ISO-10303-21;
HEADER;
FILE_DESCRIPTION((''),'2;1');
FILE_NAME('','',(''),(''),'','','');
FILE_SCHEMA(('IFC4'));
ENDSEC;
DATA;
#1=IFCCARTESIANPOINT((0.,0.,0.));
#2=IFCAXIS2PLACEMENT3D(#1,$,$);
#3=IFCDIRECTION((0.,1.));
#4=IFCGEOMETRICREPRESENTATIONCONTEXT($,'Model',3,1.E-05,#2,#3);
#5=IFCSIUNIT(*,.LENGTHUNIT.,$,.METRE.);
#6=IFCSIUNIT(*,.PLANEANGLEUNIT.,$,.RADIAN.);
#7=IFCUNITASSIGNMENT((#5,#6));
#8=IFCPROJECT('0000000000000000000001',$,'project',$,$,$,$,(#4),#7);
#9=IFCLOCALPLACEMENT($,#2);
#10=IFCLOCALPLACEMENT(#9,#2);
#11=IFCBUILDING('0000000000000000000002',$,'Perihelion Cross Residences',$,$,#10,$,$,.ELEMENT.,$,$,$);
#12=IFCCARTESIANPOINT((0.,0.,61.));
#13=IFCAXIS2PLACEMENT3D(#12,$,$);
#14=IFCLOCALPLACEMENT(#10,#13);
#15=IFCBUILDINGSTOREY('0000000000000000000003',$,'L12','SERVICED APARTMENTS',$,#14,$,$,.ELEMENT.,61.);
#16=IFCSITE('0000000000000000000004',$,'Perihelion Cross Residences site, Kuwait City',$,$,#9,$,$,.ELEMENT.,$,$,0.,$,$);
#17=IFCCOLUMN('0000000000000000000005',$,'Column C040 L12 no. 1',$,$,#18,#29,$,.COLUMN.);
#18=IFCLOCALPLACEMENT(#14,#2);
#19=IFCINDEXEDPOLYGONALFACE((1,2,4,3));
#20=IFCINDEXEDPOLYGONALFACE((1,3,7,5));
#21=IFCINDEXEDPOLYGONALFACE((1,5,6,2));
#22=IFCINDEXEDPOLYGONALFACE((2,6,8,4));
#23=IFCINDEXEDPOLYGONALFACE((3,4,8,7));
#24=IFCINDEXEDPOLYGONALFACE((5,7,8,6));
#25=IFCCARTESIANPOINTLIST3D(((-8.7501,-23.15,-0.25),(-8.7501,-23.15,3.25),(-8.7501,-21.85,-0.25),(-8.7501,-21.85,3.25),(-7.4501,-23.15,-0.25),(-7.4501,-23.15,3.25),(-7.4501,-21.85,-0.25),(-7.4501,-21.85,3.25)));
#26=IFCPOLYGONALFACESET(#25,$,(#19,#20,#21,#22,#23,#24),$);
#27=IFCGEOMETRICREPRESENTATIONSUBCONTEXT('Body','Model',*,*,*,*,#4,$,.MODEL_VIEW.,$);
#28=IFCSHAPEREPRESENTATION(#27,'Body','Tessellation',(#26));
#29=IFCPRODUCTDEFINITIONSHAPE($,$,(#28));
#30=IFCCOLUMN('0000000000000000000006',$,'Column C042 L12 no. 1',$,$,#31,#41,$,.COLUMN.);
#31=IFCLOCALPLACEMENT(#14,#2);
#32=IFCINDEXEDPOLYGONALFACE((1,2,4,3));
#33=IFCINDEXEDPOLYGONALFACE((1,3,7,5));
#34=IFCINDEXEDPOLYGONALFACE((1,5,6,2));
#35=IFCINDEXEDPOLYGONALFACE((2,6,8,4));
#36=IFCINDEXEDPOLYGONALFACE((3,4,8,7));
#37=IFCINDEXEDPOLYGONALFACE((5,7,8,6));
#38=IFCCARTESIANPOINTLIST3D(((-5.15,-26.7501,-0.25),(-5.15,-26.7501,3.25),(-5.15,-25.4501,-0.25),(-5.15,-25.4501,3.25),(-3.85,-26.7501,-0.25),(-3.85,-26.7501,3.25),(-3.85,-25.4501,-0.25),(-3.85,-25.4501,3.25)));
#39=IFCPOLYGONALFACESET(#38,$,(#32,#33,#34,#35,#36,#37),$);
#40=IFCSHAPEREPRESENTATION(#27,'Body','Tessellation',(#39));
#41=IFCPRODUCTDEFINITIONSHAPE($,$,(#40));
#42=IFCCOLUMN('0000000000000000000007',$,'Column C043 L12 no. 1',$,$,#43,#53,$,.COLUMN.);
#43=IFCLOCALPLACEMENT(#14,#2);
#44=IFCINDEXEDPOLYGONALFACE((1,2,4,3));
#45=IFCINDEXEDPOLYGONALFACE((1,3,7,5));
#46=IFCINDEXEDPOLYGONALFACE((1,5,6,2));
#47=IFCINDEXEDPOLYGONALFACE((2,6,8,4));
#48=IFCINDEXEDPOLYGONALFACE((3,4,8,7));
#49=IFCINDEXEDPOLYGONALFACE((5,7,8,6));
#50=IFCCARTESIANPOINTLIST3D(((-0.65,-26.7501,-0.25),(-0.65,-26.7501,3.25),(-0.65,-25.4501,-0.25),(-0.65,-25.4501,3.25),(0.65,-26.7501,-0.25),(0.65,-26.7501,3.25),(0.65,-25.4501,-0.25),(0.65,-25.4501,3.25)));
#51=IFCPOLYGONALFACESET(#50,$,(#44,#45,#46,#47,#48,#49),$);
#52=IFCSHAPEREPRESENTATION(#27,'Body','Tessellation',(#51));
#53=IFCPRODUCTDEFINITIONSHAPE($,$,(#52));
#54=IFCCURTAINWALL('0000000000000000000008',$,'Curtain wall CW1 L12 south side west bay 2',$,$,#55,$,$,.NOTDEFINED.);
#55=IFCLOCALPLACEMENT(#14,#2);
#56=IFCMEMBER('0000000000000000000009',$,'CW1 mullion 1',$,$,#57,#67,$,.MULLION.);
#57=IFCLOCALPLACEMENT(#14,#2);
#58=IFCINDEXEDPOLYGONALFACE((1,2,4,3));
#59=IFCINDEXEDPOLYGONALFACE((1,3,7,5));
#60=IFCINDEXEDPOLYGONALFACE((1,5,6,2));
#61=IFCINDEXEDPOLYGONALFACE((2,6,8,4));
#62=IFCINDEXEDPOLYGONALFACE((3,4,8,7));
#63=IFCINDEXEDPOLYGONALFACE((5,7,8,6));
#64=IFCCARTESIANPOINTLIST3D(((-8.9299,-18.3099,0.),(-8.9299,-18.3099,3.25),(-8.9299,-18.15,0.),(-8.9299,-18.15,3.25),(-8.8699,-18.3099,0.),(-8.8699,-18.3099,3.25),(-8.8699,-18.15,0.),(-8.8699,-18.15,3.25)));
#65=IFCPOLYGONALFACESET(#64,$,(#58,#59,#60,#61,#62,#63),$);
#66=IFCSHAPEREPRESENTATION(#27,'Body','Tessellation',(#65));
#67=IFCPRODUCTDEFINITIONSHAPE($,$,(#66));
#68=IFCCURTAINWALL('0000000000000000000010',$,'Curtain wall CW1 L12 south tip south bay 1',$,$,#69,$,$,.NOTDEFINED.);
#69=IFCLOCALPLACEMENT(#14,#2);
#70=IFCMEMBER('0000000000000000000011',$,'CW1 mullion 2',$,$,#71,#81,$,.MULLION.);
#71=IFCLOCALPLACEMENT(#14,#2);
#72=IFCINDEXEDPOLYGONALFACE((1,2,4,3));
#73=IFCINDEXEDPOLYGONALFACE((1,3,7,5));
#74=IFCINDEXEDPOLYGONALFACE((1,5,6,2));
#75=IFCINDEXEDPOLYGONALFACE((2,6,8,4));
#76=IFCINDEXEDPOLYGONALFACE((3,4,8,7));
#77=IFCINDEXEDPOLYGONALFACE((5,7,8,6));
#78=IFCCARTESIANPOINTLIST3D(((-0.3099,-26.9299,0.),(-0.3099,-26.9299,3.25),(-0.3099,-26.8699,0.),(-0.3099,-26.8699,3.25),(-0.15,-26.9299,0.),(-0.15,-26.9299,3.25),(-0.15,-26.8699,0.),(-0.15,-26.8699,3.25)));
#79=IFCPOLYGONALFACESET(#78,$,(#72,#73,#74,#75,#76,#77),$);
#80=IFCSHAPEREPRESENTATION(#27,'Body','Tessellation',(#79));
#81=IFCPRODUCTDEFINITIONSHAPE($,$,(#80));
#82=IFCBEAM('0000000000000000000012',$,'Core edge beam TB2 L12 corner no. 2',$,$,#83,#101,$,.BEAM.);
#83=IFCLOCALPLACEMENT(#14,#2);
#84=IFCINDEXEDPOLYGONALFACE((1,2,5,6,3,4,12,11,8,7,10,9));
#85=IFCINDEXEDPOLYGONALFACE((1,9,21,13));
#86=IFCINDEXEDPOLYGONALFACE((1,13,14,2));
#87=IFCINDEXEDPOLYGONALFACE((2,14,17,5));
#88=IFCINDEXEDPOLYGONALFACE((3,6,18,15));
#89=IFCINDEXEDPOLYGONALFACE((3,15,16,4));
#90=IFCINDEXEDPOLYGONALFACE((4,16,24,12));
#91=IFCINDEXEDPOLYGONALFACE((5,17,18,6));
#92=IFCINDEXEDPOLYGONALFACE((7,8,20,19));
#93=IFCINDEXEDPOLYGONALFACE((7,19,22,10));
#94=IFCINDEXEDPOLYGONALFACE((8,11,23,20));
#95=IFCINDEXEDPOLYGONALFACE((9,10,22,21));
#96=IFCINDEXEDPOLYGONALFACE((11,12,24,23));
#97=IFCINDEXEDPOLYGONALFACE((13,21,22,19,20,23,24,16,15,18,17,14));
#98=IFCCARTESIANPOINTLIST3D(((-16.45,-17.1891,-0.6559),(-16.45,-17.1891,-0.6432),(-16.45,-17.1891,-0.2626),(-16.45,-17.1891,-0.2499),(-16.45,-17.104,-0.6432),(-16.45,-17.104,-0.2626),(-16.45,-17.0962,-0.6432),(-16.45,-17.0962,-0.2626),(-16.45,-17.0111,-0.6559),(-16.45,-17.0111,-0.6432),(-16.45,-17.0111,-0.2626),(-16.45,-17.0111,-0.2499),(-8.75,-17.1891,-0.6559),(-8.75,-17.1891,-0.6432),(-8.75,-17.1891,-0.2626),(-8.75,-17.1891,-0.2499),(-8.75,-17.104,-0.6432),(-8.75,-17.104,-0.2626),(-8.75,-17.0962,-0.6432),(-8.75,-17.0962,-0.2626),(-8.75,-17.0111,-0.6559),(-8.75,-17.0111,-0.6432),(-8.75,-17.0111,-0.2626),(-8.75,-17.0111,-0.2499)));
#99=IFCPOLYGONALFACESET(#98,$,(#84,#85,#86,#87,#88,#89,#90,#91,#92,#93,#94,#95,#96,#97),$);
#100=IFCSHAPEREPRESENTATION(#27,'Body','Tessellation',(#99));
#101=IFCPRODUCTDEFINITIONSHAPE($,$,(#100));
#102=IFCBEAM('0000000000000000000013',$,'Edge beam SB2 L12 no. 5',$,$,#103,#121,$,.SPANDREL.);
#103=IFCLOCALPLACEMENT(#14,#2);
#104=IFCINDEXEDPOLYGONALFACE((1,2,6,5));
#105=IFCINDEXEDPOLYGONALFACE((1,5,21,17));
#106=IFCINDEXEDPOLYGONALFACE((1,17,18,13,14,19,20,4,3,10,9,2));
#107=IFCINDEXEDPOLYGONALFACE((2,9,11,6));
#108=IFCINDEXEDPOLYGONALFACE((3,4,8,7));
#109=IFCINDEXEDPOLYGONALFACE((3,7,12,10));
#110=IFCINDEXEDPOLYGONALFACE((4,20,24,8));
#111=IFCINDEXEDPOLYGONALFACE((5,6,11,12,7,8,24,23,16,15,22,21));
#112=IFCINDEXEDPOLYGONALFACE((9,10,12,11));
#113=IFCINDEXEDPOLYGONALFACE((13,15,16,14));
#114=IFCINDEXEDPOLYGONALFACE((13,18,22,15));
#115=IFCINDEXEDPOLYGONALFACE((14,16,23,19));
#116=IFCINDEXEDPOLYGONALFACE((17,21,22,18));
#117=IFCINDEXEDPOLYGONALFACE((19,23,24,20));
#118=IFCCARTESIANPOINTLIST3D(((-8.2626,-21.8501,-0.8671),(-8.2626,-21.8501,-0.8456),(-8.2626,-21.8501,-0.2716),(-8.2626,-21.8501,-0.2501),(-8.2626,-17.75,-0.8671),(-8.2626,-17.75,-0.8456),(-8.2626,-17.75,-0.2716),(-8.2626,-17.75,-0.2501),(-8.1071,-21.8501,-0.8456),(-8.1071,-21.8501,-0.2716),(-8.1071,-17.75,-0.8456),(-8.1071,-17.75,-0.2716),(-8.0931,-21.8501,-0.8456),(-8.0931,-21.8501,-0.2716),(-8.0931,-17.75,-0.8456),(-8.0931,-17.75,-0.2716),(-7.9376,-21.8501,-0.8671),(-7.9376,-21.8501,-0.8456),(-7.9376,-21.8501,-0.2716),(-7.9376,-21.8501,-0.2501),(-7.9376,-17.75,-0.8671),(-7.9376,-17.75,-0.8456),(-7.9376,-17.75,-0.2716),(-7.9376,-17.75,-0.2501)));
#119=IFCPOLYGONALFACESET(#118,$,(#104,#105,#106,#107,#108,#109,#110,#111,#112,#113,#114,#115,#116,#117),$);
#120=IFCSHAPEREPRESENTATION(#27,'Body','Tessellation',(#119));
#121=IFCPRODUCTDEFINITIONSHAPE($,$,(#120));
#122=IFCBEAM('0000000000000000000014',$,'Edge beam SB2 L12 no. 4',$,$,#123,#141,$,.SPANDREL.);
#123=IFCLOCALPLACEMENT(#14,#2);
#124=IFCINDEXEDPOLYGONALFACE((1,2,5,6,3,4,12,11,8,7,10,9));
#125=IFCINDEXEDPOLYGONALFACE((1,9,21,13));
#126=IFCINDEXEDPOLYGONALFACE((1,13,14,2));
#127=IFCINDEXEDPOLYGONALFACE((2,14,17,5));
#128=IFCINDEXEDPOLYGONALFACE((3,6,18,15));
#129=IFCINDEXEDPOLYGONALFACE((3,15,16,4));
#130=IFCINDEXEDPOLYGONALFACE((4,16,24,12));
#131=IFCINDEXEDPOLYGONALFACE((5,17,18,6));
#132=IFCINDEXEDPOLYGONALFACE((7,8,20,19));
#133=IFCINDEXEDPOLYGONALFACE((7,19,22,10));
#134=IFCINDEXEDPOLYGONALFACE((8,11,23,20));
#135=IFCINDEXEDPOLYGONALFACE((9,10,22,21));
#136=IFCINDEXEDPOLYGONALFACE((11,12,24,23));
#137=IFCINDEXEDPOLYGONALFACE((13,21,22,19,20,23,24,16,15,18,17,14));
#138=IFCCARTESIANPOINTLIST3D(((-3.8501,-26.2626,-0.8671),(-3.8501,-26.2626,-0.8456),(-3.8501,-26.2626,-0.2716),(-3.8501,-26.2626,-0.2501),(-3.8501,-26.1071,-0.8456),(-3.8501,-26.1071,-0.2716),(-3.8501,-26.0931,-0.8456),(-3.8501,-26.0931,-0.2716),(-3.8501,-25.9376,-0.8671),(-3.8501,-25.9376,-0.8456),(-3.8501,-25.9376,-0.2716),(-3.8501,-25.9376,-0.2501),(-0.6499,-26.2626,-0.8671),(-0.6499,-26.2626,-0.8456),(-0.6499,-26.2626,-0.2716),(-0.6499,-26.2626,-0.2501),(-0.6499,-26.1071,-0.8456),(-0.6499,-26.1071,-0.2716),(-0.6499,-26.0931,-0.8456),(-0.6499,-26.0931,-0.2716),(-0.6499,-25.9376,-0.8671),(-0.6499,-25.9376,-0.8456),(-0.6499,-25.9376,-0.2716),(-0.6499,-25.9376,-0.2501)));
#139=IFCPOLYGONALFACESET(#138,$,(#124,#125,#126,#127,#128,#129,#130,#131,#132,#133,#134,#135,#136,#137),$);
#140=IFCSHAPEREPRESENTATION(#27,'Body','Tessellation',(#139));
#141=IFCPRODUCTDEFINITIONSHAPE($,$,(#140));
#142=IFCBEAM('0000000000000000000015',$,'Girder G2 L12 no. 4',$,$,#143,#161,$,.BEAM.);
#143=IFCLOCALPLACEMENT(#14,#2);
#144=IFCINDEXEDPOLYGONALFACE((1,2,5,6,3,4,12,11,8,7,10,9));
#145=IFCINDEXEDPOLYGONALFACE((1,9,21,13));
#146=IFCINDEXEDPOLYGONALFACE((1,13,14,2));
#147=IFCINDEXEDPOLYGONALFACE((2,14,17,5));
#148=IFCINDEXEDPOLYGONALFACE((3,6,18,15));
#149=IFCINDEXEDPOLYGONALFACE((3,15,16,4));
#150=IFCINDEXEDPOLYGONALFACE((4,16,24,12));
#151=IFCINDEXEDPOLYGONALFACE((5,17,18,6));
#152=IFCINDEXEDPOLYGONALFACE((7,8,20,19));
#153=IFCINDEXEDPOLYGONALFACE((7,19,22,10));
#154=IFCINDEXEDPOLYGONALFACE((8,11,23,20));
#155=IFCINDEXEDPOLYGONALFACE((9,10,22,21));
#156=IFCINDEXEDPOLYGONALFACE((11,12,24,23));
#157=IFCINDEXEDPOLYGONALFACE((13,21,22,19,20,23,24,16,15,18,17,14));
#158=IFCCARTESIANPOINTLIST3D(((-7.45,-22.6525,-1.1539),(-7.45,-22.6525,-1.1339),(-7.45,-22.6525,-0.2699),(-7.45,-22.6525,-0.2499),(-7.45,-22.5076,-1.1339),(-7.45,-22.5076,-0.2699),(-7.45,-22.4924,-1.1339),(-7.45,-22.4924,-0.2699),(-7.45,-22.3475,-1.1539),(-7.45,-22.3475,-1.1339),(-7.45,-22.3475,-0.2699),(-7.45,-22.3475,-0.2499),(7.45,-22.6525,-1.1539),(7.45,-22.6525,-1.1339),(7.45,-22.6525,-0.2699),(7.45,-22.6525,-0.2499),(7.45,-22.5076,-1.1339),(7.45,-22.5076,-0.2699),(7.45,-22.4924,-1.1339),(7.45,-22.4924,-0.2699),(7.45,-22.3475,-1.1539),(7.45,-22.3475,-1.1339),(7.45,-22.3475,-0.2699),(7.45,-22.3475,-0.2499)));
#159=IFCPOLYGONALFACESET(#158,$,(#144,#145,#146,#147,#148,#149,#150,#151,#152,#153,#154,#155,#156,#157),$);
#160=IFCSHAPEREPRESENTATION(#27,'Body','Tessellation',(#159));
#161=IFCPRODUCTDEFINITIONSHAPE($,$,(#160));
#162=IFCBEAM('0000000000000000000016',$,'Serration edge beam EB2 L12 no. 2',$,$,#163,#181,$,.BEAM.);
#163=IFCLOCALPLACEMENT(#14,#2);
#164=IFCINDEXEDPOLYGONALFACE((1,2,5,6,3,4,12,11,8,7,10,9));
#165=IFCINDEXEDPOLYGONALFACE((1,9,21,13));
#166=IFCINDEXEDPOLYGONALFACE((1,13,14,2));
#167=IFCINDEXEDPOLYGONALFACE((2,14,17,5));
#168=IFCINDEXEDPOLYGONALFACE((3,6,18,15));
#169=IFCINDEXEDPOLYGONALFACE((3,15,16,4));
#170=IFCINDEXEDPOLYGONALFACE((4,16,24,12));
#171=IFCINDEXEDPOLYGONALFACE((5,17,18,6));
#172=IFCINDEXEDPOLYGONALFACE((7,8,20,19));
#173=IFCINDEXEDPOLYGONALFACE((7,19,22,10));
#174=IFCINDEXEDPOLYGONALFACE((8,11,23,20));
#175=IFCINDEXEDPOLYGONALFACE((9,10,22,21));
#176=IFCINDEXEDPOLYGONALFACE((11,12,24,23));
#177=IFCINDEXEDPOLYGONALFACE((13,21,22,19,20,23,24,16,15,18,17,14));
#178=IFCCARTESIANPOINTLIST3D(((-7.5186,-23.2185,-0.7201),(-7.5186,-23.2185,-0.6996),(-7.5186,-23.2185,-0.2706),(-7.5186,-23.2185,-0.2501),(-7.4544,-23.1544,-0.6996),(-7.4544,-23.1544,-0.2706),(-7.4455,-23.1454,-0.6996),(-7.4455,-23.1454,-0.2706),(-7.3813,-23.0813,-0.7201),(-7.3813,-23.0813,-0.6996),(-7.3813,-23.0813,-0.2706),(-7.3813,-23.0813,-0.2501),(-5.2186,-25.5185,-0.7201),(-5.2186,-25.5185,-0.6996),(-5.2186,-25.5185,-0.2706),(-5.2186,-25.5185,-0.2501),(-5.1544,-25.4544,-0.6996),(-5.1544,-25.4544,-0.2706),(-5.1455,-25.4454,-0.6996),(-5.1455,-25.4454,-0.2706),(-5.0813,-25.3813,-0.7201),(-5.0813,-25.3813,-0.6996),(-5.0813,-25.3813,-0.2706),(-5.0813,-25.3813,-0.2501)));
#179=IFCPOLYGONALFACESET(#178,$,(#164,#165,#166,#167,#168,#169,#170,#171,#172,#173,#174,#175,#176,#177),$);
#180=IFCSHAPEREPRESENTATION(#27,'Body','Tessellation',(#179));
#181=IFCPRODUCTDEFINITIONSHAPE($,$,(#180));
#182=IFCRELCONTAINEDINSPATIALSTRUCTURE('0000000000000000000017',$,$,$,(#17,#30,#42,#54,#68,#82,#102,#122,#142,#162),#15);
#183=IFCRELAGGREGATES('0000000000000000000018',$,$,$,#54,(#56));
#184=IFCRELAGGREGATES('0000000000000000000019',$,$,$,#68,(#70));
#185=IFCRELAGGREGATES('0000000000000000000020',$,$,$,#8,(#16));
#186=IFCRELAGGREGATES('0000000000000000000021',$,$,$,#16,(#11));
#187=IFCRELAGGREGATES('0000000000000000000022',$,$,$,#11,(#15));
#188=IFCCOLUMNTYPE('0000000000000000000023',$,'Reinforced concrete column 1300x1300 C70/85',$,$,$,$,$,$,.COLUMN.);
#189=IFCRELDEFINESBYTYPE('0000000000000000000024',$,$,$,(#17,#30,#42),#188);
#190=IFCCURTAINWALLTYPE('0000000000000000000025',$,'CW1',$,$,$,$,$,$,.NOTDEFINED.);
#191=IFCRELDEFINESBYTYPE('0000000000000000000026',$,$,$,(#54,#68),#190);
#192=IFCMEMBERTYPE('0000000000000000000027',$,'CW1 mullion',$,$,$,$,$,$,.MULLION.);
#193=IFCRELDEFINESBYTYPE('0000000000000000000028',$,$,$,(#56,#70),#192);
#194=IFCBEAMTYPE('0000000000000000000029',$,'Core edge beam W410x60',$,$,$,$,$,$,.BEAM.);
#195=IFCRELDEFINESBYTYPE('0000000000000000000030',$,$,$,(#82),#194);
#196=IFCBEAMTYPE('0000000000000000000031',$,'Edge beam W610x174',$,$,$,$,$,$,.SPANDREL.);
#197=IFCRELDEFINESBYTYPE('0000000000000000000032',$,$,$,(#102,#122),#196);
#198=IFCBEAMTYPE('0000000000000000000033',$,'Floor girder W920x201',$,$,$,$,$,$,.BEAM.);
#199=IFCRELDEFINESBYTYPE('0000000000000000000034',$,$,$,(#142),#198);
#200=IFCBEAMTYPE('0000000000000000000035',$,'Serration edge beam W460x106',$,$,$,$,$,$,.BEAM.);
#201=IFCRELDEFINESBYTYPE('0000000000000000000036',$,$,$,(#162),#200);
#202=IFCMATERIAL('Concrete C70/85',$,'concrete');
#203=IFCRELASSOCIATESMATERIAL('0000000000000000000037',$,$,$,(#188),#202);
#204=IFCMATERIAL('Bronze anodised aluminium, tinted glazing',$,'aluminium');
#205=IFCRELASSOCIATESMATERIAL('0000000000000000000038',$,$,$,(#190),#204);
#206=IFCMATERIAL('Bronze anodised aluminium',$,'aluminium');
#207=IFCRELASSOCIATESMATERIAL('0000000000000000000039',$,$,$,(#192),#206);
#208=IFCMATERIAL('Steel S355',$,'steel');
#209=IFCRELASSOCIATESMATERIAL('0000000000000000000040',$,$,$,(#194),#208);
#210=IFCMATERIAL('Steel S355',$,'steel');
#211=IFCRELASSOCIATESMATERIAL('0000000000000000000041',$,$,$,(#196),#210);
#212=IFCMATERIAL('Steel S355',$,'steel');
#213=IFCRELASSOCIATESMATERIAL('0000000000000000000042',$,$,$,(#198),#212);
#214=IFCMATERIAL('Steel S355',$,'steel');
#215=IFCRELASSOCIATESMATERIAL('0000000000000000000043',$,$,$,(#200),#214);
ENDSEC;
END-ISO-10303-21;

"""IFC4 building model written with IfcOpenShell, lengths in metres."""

from ifc_helpers import new_model, si_unit, direction, frame, origin, origin_2d, place, context, subcontext, project, spatial, rectangle, i_section, extrude, material, material_profile, profile_set, type_object, element, aggregate, save


model = new_model("IFC4")

# Units and contexts
model_context = context("Model", 3, precision=1e-05, world=origin(), true_north=direction((0.0, 1.0)))
body_context = subcontext(model_context, "Body", "Model", "MODEL_VIEW")
ifc_project = project(units=[si_unit("LENGTHUNIT", "METRE"), si_unit("PLANEANGLEUNIT", "RADIAN")], contexts=[model_context])

# Site, building, storey
site_placement = place(None, origin())
site = spatial("IfcSite", under=ifc_project, at=site_placement, Name="Perihelion Cross Residences site, Kuwait City", CompositionType="ELEMENT", RefElevation=0.0)
building_placement = place(site_placement, origin())
building = spatial("IfcBuilding", under=site, at=building_placement, Name="Perihelion Cross Residences", CompositionType="ELEMENT")
storey_placement = place(building_placement, frame((0.0, 0.0, 61.0)))
storey = spatial("IfcBuildingStorey", under=building, at=storey_placement, Name="L12", Description="SERVICED APARTMENTS", CompositionType="ELEMENT", Elevation=61.0)

# Columns
ifc_material_1 = material(Name="Concrete C70/85", Category="concrete")
ifc_material_profile_1 = material_profile(ifc_material_1, rectangle(XDim=1.3, YDim=1.3, at=origin_2d()), Name="RC 1300x1300")
ifc_profile_set_1 = profile_set([ifc_material_profile_1], Name="Concrete C70/85")
column_type = type_object("IfcColumnType", Name="Reinforced concrete column 1300x1300 C70/85", PredefinedType="COLUMN", material=ifc_profile_set_1)
for number, where, z_axis, x_axis, name in (
    (1, (-8.1001, -22.5, -0.25), (0.0, 0.0, 1.0), (1.0, 0.0, 0.0), "Column C040 L12 no. 1"),
    (2, (-4.5, -26.1001, -0.25), (0.0, 0.0, 1.0), (1.0, 0.0, 0.0), "Column C042 L12 no. 1"),
    (3, (0.0, -26.1001, -0.25), (0.0, 0.0, 1.0), (1.0, 0.0, 0.0), "Column C043 L12 no. 1"),
):
    element("IfcColumn", number, at=place(storey_placement, frame(where, z_axis=z_axis, x_axis=x_axis)), inside=storey, type_object=column_type, Name=name, PredefinedType="COLUMN", context=body_context, shape_type="SweptSolid", body=[
        extrude(rectangle(XDim=1.3, YDim=1.3, at=origin_2d()), origin(), (0.0, 0.0, 1.0), 3.5),
    ])

# Curtain walls, members
ifc_material_2 = material(Name="Bronze anodised aluminium, tinted glazing", Category="aluminium")
curtain_wall_type = type_object("IfcCurtainWallType", Name="CW1", PredefinedType="NOTDEFINED", material=ifc_material_2)
curtain_wall_1_placement = place(storey_placement, origin())
curtain_wall_1 = element("IfcCurtainWall", 4, at=curtain_wall_1_placement, inside=storey, type_object=curtain_wall_type, Name="Curtain wall CW1 L12 south side west bay 2", PredefinedType="NOTDEFINED")
ifc_material_3 = material(Name="Bronze anodised aluminium", Category="aluminium")
ifc_material_profile_2 = material_profile(ifc_material_3, rectangle(XDim=0.0601, YDim=0.1599, at=origin_2d()), Name="CW1 mullion")
ifc_profile_set_2 = profile_set([ifc_material_profile_2], Name="Bronze anodised aluminium")
member_type = type_object("IfcMemberType", Name="CW1 mullion", PredefinedType="MULLION", material=ifc_profile_set_2)
member_1_placement = place(storey_placement, frame((-8.8999, -18.23, 0.0), z_axis=(0.0, 0.0, 1.0), x_axis=(1.0, 0.0, 0.0)))
member_1 = element("IfcMember", 5, at=member_1_placement, type_object=member_type, Name="CW1 mullion 1", PredefinedType="MULLION", context=body_context, shape_type="SweptSolid", body=[
    extrude(rectangle(XDim=0.0601, YDim=0.1599, at=origin_2d()), origin(), (0.0, 0.0, 1.0), 3.25),
])
curtain_wall_2_placement = place(storey_placement, origin())
curtain_wall_2 = element("IfcCurtainWall", 6, at=curtain_wall_2_placement, inside=storey, type_object=curtain_wall_type, Name="Curtain wall CW1 L12 south tip south bay 1", PredefinedType="NOTDEFINED")
member_2_placement = place(storey_placement, frame((-0.23, -26.8999, 0.0), z_axis=(0.0, 0.0, 1.0), x_axis=(0.0, 1.0, 0.0)))
member_2 = element("IfcMember", 7, at=member_2_placement, type_object=member_type, Name="CW1 mullion 2", PredefinedType="MULLION", context=body_context, shape_type="SweptSolid", body=[
    extrude(rectangle(XDim=0.0601, YDim=0.1599, at=origin_2d()), origin(), (0.0, 0.0, 1.0), 3.25),
])

# Beams
ifc_material_4 = material(Name="Steel S355", Category="steel")
ifc_material_profile_3 = material_profile(ifc_material_4, i_section(OverallWidth=0.178, OverallDepth=0.406, WebThickness=0.0078, FlangeThickness=0.0127, at=origin_2d()), Name="W410x60")
ifc_profile_set_3 = profile_set([ifc_material_profile_3], Name="Steel S355")
beam_type_1 = type_object("IfcBeamType", Name="Core edge beam W410x60", PredefinedType="BEAM", material=ifc_profile_set_3)
beam_1_placement = place(storey_placement, frame((-8.75, -17.1001, -0.4529), z_axis=(-1.0, 0.0, 0.0), x_axis=(0.0, -1.0, 0.0)))
element("IfcBeam", 8, at=beam_1_placement, inside=storey, type_object=beam_type_1, Name="Core edge beam TB2 L12 corner no. 2", PredefinedType="BEAM", context=body_context, shape_type="SweptSolid", body=[
    extrude(i_section(OverallWidth=0.178, OverallDepth=0.406, WebThickness=0.0078, FlangeThickness=0.0127, at=origin_2d()), origin(), (0.0, 0.0, 1.0), 7.7),
])
ifc_material_5 = material(Name="Steel S355", Category="steel")
ifc_material_profile_4 = material_profile(ifc_material_5, i_section(OverallWidth=0.325, OverallDepth=0.6169, WebThickness=0.0139, FlangeThickness=0.0215, at=origin_2d()), Name="W610x174")
ifc_profile_set_4 = profile_set([ifc_material_profile_4], Name="Steel S355")
beam_type_2 = type_object("IfcBeamType", Name="Edge beam W610x174", PredefinedType="SPANDREL", material=ifc_profile_set_4)
beam_2_placement = place(storey_placement, frame((-8.1001, -17.75, -0.5586), z_axis=(0.0, -1.0, 0.0), x_axis=(1.0, 0.0, 0.0)))
element("IfcBeam", 9, at=beam_2_placement, inside=storey, type_object=beam_type_2, Name="Edge beam SB2 L12 no. 5", PredefinedType="SPANDREL", context=body_context, shape_type="SweptSolid", body=[
    extrude(i_section(OverallWidth=0.325, OverallDepth=0.6169, WebThickness=0.0139, FlangeThickness=0.0215, at=origin_2d()), origin(), (0.0, 0.0, 1.0), 4.1001),
])
beam_3_placement = place(storey_placement, frame((-3.8501, -26.1001, -0.5586), z_axis=(1.0, 0.0, 0.0), x_axis=(0.0, 1.0, 0.0)))
element("IfcBeam", 10, at=beam_3_placement, inside=storey, type_object=beam_type_2, Name="Edge beam SB2 L12 no. 4", PredefinedType="SPANDREL", context=body_context, shape_type="SweptSolid", body=[
    extrude(i_section(OverallWidth=0.325, OverallDepth=0.6169, WebThickness=0.0139, FlangeThickness=0.0215, at=origin_2d()), origin(), (0.0, 0.0, 1.0), 3.2002),
])
ifc_material_6 = material(Name="Steel S355", Category="steel")
ifc_material_profile_5 = material_profile(ifc_material_6, i_section(OverallWidth=0.3049, OverallDepth=0.9041, WebThickness=0.0151, FlangeThickness=0.02, at=origin_2d()), Name="W920x201")
ifc_profile_set_5 = profile_set([ifc_material_profile_5], Name="Steel S355")
beam_type_3 = type_object("IfcBeamType", Name="Floor girder W920x201", PredefinedType="BEAM", material=ifc_profile_set_5)
beam_4_placement = place(storey_placement, frame((-7.45, -22.5, -0.7019), z_axis=(1.0, 0.0, 0.0), x_axis=(0.0, 1.0, 0.0)))
element("IfcBeam", 11, at=beam_4_placement, inside=storey, type_object=beam_type_3, Name="Girder G2 L12 no. 4", PredefinedType="BEAM", context=body_context, shape_type="SweptSolid", body=[
    extrude(i_section(OverallWidth=0.3049, OverallDepth=0.9041, WebThickness=0.0151, FlangeThickness=0.02, at=origin_2d()), origin(), (0.0, 0.0, 1.0), 14.8999),
])
ifc_material_7 = material(Name="Steel S355", Category="steel")
ifc_material_profile_6 = material_profile(ifc_material_7, i_section(OverallWidth=0.1941, OverallDepth=0.47, WebThickness=0.0127, FlangeThickness=0.0205, at=origin_2d()), Name="W460x106")
ifc_profile_set_6 = profile_set([ifc_material_profile_6], Name="Steel S355")
beam_type_4 = type_object("IfcBeamType", Name="Serration edge beam W460x106", PredefinedType="BEAM", material=ifc_profile_set_6)
beam_5_placement = place(storey_placement, frame((-7.45, -23.1499, -0.4851), z_axis=(0.707107, -0.707107, 0.0), x_axis=(0.707107, 0.707107, 0.0)))
element("IfcBeam", 12, at=beam_5_placement, inside=storey, type_object=beam_type_4, Name="Serration edge beam EB2 L12 no. 2", PredefinedType="BEAM", context=body_context, shape_type="SweptSolid", body=[
    extrude(i_section(OverallWidth=0.1941, OverallDepth=0.47, WebThickness=0.0127, FlangeThickness=0.0205, at=origin_2d()), origin(), (0.0, 0.0, 1.0), 3.2527),
])

aggregate(curtain_wall_1, [member_1])
aggregate(curtain_wall_2, [member_2])

save(model, "model.ifc")
